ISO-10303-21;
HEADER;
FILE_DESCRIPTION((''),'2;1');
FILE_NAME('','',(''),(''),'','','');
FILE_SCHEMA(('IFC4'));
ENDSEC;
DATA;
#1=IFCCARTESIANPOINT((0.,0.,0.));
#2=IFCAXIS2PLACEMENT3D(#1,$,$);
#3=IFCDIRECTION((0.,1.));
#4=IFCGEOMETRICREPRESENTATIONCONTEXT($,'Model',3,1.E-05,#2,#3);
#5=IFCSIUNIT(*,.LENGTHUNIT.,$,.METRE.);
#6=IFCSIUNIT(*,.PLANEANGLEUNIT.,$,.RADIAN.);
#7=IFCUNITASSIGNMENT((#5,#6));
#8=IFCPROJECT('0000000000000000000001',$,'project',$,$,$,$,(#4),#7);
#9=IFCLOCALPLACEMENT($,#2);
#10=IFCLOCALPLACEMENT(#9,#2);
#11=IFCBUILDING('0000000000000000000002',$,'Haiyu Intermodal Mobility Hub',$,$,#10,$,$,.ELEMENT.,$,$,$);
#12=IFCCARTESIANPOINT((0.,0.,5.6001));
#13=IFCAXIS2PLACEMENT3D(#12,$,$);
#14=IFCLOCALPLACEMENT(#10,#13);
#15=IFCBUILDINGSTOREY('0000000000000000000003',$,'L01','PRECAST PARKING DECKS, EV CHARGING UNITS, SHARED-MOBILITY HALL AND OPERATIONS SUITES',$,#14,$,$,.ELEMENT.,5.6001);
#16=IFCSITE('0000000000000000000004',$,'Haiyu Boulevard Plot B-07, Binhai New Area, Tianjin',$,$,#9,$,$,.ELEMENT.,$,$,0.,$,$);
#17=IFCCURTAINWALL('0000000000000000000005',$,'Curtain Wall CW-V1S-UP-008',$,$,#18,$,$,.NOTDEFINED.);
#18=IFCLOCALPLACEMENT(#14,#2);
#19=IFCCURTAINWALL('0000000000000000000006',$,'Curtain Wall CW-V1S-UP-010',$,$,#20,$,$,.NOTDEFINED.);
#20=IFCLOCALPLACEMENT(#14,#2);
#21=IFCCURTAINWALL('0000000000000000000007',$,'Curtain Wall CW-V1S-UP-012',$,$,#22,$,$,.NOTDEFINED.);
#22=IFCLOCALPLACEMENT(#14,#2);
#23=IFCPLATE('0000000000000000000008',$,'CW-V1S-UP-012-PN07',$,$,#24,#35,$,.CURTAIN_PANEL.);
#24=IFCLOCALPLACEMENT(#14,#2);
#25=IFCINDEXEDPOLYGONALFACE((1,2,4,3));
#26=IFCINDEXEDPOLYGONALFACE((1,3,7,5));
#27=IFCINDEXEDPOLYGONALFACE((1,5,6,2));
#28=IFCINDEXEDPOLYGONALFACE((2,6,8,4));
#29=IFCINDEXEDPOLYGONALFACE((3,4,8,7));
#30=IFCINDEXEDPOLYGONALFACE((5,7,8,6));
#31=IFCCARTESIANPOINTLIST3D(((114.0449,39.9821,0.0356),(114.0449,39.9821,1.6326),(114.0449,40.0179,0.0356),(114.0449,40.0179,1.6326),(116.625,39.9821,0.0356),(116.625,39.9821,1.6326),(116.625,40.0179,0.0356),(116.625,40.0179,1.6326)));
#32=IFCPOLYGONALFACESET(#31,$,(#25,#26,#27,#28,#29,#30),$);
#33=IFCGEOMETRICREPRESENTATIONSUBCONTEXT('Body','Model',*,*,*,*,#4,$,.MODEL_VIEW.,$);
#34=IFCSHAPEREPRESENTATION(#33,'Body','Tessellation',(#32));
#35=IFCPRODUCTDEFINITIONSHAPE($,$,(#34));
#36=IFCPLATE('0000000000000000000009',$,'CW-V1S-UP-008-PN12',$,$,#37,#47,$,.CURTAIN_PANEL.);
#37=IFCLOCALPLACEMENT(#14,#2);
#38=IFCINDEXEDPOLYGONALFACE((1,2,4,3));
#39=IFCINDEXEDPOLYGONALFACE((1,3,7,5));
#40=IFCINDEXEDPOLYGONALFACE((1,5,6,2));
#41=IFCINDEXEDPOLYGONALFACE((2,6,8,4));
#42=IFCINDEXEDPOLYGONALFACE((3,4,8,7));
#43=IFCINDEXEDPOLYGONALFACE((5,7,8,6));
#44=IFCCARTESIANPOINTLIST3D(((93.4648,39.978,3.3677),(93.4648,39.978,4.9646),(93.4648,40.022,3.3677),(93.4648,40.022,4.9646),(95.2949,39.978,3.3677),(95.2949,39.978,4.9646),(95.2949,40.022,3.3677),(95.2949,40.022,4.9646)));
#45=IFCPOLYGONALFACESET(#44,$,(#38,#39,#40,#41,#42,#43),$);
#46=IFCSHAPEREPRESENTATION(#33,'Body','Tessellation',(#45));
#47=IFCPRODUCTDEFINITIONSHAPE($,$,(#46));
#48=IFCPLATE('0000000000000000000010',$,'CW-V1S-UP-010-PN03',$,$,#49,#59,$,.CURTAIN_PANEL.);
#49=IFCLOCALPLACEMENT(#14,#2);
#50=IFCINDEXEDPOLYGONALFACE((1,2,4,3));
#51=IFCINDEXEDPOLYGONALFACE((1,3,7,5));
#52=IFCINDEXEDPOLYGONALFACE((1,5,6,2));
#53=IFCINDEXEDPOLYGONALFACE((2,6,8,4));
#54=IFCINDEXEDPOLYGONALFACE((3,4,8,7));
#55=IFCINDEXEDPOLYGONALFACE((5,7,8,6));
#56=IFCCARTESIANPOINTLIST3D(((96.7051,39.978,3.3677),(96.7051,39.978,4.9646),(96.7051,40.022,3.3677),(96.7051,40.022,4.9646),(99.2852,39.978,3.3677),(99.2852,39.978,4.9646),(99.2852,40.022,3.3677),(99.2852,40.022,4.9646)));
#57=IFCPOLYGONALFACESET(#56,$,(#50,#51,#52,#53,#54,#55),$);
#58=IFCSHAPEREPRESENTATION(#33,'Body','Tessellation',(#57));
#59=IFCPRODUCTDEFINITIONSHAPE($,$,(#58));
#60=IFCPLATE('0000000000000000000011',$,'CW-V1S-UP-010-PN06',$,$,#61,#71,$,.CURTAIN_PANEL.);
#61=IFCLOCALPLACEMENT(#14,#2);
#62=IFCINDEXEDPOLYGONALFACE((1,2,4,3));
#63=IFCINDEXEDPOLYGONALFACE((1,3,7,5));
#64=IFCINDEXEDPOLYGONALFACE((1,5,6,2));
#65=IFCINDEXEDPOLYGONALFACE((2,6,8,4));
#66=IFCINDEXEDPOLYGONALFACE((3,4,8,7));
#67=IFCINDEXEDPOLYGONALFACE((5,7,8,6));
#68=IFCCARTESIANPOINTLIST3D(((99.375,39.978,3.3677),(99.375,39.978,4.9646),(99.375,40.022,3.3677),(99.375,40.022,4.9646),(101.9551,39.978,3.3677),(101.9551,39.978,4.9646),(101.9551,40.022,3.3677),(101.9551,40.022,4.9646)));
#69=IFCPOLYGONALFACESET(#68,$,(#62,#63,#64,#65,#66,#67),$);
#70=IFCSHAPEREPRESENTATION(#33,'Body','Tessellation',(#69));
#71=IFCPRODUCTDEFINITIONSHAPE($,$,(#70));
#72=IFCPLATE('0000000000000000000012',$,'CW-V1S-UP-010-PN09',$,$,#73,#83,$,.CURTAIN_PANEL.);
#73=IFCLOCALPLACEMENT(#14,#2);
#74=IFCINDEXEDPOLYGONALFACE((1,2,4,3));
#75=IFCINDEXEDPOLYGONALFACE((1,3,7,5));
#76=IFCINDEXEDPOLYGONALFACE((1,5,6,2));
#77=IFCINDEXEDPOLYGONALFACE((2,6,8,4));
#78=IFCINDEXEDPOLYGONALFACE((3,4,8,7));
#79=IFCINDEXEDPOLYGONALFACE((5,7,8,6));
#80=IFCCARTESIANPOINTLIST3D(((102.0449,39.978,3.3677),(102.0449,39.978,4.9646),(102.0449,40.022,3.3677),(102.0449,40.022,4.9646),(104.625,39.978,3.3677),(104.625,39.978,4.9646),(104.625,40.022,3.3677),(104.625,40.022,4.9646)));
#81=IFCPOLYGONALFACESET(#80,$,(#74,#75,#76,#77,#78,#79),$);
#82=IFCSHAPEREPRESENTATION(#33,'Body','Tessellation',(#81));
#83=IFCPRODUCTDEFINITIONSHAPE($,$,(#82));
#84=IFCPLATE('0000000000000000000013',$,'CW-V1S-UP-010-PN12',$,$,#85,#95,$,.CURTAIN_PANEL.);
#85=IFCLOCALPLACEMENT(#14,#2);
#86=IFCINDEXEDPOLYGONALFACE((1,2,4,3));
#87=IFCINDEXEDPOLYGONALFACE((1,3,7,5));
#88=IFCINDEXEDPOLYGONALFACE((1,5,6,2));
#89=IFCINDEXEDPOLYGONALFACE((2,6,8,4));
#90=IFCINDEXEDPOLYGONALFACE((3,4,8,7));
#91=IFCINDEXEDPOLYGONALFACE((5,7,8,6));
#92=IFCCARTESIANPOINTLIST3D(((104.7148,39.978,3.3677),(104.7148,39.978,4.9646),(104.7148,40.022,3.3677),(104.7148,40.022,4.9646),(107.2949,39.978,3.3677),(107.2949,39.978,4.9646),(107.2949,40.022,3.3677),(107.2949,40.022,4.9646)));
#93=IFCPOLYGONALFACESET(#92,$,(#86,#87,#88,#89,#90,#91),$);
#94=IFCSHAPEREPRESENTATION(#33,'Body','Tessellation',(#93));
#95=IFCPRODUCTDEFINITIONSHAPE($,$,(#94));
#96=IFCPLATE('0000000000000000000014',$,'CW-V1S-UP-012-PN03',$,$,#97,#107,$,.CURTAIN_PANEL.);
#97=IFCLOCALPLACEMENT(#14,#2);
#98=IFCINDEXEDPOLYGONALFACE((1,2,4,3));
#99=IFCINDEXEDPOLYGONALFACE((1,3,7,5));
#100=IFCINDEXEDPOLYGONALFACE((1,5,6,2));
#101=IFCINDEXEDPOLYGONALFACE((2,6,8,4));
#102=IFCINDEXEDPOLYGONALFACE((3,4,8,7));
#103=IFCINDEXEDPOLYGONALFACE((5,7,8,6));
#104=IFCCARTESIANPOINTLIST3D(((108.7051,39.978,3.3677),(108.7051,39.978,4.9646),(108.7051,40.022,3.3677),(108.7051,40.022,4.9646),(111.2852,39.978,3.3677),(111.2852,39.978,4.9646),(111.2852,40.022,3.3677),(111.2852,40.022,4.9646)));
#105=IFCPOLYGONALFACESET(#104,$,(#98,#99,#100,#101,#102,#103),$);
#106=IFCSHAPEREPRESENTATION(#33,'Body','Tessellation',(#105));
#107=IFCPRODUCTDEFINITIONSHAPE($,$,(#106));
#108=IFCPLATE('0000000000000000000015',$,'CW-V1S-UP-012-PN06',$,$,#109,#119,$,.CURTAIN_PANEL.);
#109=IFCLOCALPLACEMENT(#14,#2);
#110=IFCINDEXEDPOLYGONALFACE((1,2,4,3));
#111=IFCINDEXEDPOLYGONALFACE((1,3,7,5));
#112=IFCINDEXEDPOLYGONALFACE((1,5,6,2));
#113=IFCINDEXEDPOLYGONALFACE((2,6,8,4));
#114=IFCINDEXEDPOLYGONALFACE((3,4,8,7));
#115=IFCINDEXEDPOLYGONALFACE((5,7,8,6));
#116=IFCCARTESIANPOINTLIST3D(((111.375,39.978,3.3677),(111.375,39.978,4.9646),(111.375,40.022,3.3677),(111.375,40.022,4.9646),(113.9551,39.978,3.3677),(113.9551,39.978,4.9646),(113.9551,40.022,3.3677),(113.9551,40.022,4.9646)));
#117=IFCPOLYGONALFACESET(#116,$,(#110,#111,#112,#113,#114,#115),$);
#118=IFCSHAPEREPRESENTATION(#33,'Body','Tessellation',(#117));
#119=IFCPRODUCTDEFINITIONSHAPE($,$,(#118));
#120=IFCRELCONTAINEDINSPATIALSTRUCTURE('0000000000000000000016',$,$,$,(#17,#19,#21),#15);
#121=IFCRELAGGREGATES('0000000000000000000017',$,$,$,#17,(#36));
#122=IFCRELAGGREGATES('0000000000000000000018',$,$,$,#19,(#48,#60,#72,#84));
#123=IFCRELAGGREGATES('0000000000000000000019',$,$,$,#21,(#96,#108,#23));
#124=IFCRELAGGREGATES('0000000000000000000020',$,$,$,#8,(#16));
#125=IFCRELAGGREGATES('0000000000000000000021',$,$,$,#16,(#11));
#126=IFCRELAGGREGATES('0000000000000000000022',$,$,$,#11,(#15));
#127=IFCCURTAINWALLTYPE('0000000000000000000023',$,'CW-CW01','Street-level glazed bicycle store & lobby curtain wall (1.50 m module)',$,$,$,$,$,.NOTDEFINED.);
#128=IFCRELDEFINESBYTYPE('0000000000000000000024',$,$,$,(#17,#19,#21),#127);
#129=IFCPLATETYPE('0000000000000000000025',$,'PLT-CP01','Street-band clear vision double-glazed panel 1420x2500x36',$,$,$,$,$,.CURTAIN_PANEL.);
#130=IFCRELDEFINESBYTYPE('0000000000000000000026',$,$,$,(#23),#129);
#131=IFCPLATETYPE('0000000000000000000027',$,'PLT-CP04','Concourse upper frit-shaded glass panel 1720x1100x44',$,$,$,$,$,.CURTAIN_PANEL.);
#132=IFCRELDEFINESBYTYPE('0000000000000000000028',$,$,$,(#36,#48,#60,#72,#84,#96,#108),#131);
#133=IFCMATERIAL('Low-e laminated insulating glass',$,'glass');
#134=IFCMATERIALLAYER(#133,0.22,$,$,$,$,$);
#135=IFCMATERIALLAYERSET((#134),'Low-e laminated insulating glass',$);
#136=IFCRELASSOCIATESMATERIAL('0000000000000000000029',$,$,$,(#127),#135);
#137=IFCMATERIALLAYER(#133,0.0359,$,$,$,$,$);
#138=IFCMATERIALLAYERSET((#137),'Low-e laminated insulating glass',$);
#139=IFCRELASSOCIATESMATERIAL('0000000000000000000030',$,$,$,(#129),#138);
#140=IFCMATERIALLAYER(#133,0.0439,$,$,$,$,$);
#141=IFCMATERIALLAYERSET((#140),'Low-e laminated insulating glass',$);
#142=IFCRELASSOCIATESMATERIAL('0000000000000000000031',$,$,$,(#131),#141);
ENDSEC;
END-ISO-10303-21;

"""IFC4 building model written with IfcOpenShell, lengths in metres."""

from ifc_helpers import new_model, si_unit, direction, frame, origin, origin_2d, place, context, subcontext, project, spatial, rectangle, extrude, material, layer, layer_set, type_object, element, aggregate, save


model = new_model("IFC4")

# Units and contexts
model_context = context("Model", 3, precision=1e-05, world=origin(), true_north=direction((0.0, 1.0)))
body_context = subcontext(model_context, "Body", "Model", "MODEL_VIEW")
ifc_project = project(units=[si_unit("LENGTHUNIT", "METRE"), si_unit("PLANEANGLEUNIT", "RADIAN")], contexts=[model_context])

# Site, building, storey
site_placement = place(None, origin())
site = spatial("IfcSite", under=ifc_project, at=site_placement, Name="Haiyu Boulevard Plot B-07, Binhai New Area, Tianjin", CompositionType="ELEMENT", RefElevation=0.0)
building_placement = place(site_placement, origin())
building = spatial("IfcBuilding", under=site, at=building_placement, Name="Haiyu Intermodal Mobility Hub", CompositionType="ELEMENT")
storey_placement = place(building_placement, frame((0.0, 0.0, 5.6001)))
storey = spatial("IfcBuildingStorey", under=building, at=storey_placement, Name="L01", Description="PRECAST PARKING DECKS, EV CHARGING UNITS, SHARED-MOBILITY HALL AND OPERATIONS SUITES", CompositionType="ELEMENT", Elevation=5.6001)

# Curtain wall
ifc_material_1 = material(Name="Low-e laminated insulating glass", Category="glass")
ifc_layer_1 = layer(ifc_material_1, 0.22)
ifc_layer_set_1 = layer_set([ifc_layer_1], Name="Low-e laminated insulating glass")
curtain_wall_type = type_object("IfcCurtainWallType", Name="CW-CW01", Description="Street-level glazed bicycle store & lobby curtain wall (1.50 m module)", PredefinedType="NOTDEFINED", material=ifc_layer_set_1)
curtain_wall_1_placement = place(storey_placement, origin())
curtain_wall_1 = element("IfcCurtainWall", 1, at=curtain_wall_1_placement, inside=storey, type_object=curtain_wall_type, Name="Curtain Wall CW-V1S-UP-008", PredefinedType="NOTDEFINED")

# Curtain walls
curtain_wall_2_placement = place(storey_placement, origin())
curtain_wall_2 = element("IfcCurtainWall", 2, at=curtain_wall_2_placement, inside=storey, type_object=curtain_wall_type, Name="Curtain Wall CW-V1S-UP-010", PredefinedType="NOTDEFINED")
curtain_wall_3_placement = place(storey_placement, origin())
curtain_wall_3 = element("IfcCurtainWall", 3, at=curtain_wall_3_placement, inside=storey, type_object=curtain_wall_type, Name="Curtain Wall CW-V1S-UP-012", PredefinedType="NOTDEFINED")

# Plates
ifc_layer_2 = layer(ifc_material_1, 0.0359)
ifc_layer_set_2 = layer_set([ifc_layer_2], Name="Low-e laminated insulating glass")
plate_type_1 = type_object("IfcPlateType", Name="PLT-CP01", Description="Street-band clear vision double-glazed panel 1420x2500x36", PredefinedType="CURTAIN_PANEL", material=ifc_layer_set_2)
plate_1_placement = place(storey_placement, frame((115.335, 40.0, 0.0356), z_axis=(0.0, 0.0, 1.0), x_axis=(1.0, 0.0, 0.0)))
plate_1 = element("IfcPlate", 4, at=plate_1_placement, type_object=plate_type_1, Name="CW-V1S-UP-012-PN07", PredefinedType="CURTAIN_PANEL", context=body_context, shape_type="SweptSolid", body=[
    extrude(rectangle(XDim=2.5801, YDim=0.0359, at=origin_2d()), origin(), (0.0, 0.0, 1.0), 1.5969),
])
ifc_layer_3 = layer(ifc_material_1, 0.0439)
ifc_layer_set_3 = layer_set([ifc_layer_3], Name="Low-e laminated insulating glass")
plate_type_2 = type_object("IfcPlateType", Name="PLT-CP04", Description="Concourse upper frit-shaded glass panel 1720x1100x44", PredefinedType="CURTAIN_PANEL", material=ifc_layer_set_3)
plate_2_placement = place(storey_placement, frame((94.3799, 40.0, 3.3677), z_axis=(0.0, 0.0, 1.0), x_axis=(1.0, 0.0, 0.0)))
plate_2 = element("IfcPlate", 5, at=plate_2_placement, type_object=plate_type_2, Name="CW-V1S-UP-008-PN12", PredefinedType="CURTAIN_PANEL", context=body_context, shape_type="SweptSolid", body=[
    extrude(rectangle(XDim=1.8301, YDim=0.0439, at=origin_2d()), origin(), (0.0, 0.0, 1.0), 1.5969),
])
aggregate(curtain_wall_1, [plate_2])
plate_3_placement = place(storey_placement, frame((97.9951, 40.0, 3.3677), z_axis=(0.0, 0.0, 1.0), x_axis=(1.0, 0.0, 0.0)))
plate_3 = element("IfcPlate", 6, at=plate_3_placement, type_object=plate_type_2, Name="CW-V1S-UP-010-PN03", PredefinedType="CURTAIN_PANEL", context=body_context, shape_type="SweptSolid", body=[
    extrude(rectangle(XDim=2.5801, YDim=0.0439, at=origin_2d()), origin(), (0.0, 0.0, 1.0), 1.5969),
])
plate_4_placement = place(storey_placement, frame((100.665, 40.0, 3.3677), z_axis=(0.0, 0.0, 1.0), x_axis=(1.0, 0.0, 0.0)))
plate_4 = element("IfcPlate", 7, at=plate_4_placement, type_object=plate_type_2, Name="CW-V1S-UP-010-PN06", PredefinedType="CURTAIN_PANEL", context=body_context, shape_type="SweptSolid", body=[
    extrude(rectangle(XDim=2.5801, YDim=0.0439, at=origin_2d()), origin(), (0.0, 0.0, 1.0), 1.5969),
])
plate_5_placement = place(storey_placement, frame((103.335, 40.0, 3.3677), z_axis=(0.0, 0.0, 1.0), x_axis=(1.0, 0.0, 0.0)))
plate_5 = element("IfcPlate", 8, at=plate_5_placement, type_object=plate_type_2, Name="CW-V1S-UP-010-PN09", PredefinedType="CURTAIN_PANEL", context=body_context, shape_type="SweptSolid", body=[
    extrude(rectangle(XDim=2.5801, YDim=0.0439, at=origin_2d()), origin(), (0.0, 0.0, 1.0), 1.5969),
])
plate_6_placement = place(storey_placement, frame((106.0049, 40.0, 3.3677), z_axis=(0.0, 0.0, 1.0), x_axis=(1.0, 0.0, 0.0)))
plate_6 = element("IfcPlate", 9, at=plate_6_placement, type_object=plate_type_2, Name="CW-V1S-UP-010-PN12", PredefinedType="CURTAIN_PANEL", context=body_context, shape_type="SweptSolid", body=[
    extrude(rectangle(XDim=2.5801, YDim=0.0439, at=origin_2d()), origin(), (0.0, 0.0, 1.0), 1.5969),
])
aggregate(curtain_wall_2, [plate_3, plate_4, plate_5, plate_6])
plate_7_placement = place(storey_placement, frame((109.9951, 40.0, 3.3677), z_axis=(0.0, 0.0, 1.0), x_axis=(1.0, 0.0, 0.0)))
plate_7 = element("IfcPlate", 10, at=plate_7_placement, type_object=plate_type_2, Name="CW-V1S-UP-012-PN03", PredefinedType="CURTAIN_PANEL", context=body_context, shape_type="SweptSolid", body=[
    extrude(rectangle(XDim=2.5801, YDim=0.0439, at=origin_2d()), origin(), (0.0, 0.0, 1.0), 1.5969),
])
plate_8_placement = place(storey_placement, frame((112.665, 40.0, 3.3677), z_axis=(0.0, 0.0, 1.0), x_axis=(1.0, 0.0, 0.0)))
plate_8 = element("IfcPlate", 11, at=plate_8_placement, type_object=plate_type_2, Name="CW-V1S-UP-012-PN06", PredefinedType="CURTAIN_PANEL", context=body_context, shape_type="SweptSolid", body=[
    extrude(rectangle(XDim=2.5801, YDim=0.0439, at=origin_2d()), origin(), (0.0, 0.0, 1.0), 1.5969),
])
aggregate(curtain_wall_3, [plate_7, plate_8, plate_1])

save(model, "model.ifc")
